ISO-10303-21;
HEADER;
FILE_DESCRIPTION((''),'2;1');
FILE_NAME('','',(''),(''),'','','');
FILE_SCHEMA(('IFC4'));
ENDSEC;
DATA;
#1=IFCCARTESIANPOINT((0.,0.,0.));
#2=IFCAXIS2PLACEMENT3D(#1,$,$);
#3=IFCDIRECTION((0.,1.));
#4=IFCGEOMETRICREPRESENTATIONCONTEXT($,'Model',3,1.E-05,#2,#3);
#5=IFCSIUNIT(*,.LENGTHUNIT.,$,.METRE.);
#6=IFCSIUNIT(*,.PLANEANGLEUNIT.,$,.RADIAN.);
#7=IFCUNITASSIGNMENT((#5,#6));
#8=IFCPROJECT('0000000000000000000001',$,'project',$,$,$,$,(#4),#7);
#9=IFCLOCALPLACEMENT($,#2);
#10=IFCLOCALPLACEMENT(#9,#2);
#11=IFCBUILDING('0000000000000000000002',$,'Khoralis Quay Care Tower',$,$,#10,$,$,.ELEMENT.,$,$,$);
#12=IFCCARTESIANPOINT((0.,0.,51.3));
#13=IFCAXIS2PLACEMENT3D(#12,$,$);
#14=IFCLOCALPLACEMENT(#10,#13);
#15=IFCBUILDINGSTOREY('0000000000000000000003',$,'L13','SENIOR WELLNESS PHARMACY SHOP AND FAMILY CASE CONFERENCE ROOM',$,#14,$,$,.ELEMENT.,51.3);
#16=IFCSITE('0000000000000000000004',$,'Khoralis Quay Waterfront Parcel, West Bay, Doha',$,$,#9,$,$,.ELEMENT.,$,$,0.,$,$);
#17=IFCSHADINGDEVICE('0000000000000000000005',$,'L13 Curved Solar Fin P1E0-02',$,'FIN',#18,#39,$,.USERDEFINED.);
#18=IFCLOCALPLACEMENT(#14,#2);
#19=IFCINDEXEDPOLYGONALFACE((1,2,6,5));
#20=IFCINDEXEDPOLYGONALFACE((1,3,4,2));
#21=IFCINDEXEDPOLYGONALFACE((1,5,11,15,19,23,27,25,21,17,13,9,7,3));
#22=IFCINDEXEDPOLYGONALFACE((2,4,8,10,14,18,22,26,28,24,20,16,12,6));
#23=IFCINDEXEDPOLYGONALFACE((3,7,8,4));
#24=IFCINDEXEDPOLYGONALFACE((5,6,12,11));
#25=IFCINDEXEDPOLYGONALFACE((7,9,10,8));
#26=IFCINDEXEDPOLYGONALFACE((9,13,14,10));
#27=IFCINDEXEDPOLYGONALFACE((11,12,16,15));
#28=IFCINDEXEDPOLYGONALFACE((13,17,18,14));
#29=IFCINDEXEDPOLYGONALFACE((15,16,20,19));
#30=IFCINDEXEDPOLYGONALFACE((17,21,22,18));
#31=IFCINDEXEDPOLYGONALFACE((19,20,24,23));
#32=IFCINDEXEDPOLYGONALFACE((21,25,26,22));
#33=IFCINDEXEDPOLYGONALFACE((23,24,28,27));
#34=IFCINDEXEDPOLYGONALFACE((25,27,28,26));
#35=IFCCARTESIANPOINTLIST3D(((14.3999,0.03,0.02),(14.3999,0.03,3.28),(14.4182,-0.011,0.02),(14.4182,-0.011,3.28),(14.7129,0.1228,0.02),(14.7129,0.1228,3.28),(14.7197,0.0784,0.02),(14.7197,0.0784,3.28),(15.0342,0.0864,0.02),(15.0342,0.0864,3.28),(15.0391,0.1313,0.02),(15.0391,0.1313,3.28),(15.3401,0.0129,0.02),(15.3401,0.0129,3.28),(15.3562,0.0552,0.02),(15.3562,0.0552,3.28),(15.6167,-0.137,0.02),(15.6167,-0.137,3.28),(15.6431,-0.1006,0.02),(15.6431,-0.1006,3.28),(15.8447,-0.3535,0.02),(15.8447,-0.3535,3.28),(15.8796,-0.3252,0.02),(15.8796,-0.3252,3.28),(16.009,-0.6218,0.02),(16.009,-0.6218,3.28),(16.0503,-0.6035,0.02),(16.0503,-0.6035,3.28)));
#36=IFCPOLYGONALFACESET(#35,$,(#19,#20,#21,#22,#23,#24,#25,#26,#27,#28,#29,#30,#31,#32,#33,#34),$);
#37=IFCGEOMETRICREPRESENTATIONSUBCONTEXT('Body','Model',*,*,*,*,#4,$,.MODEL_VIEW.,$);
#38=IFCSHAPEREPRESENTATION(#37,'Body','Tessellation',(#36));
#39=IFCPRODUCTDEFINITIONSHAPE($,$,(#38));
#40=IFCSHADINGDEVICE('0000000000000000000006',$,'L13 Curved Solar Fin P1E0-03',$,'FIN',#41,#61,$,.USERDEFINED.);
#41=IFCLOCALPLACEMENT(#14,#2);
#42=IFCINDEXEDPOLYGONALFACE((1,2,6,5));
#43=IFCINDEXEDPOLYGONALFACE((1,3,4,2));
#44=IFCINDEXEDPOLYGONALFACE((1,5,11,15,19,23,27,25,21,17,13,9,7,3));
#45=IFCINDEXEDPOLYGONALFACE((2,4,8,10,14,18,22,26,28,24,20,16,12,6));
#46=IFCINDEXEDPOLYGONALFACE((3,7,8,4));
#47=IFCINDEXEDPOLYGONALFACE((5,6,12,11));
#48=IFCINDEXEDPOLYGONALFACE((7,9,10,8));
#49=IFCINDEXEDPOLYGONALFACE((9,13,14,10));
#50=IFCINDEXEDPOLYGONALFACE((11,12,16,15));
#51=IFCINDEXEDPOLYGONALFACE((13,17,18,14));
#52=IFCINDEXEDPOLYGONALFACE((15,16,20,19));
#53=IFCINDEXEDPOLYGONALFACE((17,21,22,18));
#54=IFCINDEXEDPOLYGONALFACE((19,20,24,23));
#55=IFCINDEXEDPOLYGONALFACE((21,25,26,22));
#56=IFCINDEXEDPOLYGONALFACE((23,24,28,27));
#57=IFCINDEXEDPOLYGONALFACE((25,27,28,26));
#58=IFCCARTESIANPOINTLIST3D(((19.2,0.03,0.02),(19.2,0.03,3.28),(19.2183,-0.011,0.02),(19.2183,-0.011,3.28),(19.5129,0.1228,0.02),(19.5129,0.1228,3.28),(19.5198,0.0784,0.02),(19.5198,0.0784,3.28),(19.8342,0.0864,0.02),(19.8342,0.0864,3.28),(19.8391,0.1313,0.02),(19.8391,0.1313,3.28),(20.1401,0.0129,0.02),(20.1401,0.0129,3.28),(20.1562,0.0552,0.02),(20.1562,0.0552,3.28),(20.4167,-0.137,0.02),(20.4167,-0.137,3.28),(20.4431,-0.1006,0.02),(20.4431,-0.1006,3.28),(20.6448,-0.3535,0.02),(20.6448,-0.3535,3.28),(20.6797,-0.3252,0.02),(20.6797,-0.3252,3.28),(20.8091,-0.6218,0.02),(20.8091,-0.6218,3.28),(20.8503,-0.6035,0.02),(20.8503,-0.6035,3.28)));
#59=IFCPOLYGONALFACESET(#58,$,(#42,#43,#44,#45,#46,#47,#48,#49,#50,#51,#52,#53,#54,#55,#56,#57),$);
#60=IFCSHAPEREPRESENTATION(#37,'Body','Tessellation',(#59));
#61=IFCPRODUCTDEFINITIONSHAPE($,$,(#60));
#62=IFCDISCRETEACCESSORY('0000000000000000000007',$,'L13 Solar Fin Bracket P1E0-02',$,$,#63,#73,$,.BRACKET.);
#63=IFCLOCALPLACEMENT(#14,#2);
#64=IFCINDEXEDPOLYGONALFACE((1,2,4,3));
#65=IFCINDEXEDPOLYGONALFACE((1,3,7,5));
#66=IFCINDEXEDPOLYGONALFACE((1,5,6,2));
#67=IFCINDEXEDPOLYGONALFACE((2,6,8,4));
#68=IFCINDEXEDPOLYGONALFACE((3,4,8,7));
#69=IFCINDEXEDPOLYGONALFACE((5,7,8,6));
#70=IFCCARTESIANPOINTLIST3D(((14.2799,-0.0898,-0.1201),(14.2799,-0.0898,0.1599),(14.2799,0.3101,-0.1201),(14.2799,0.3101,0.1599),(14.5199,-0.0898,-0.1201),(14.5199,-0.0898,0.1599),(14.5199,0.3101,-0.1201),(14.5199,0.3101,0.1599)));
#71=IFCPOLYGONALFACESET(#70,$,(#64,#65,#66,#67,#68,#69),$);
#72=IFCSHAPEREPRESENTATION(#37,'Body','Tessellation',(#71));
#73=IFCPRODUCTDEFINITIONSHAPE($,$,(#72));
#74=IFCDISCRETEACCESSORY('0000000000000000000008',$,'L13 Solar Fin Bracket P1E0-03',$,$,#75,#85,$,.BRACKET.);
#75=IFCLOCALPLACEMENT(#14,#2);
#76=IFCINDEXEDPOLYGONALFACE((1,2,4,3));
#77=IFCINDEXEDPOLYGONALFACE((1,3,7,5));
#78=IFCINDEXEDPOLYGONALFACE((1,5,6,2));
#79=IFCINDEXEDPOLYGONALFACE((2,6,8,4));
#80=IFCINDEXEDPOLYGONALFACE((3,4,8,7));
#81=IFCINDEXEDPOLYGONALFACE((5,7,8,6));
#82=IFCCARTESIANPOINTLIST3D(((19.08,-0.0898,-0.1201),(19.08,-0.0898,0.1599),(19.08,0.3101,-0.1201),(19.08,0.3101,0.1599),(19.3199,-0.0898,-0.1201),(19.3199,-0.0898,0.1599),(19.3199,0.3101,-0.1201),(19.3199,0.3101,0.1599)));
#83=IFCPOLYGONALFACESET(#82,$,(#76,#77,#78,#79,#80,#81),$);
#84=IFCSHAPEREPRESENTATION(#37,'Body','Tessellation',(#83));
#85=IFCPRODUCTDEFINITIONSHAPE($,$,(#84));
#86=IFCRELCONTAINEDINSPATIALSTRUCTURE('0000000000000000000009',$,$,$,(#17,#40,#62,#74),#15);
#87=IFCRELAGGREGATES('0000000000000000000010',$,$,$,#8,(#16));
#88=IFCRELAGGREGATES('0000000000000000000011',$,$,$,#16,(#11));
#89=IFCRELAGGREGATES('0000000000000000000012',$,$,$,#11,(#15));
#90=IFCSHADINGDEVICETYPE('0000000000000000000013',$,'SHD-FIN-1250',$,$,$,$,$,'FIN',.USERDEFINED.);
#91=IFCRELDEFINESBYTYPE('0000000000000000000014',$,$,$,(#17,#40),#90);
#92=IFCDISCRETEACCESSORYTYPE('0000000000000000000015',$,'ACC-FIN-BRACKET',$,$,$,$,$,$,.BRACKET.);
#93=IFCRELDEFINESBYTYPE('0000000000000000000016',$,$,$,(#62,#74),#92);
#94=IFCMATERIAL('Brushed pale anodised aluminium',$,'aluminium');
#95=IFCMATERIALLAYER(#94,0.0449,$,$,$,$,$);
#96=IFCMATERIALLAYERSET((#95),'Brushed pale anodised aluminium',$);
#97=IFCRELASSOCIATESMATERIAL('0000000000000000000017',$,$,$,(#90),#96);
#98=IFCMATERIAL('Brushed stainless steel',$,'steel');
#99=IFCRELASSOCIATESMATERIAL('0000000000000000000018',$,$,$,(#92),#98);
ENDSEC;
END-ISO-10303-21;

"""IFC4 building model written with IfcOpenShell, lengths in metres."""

from ifc_helpers import new_model, si_unit, direction, frame, origin, origin_2d, place, context, subcontext, project, spatial, polyline, rectangle, outline, extrude, source, transform, mapped, material, layer, layer_set, type_object, element, save


model = new_model("IFC4")

# Units and contexts
model_context = context("Model", 3, precision=1e-05, world=origin(), true_north=direction((0.0, 1.0)))
body_context = subcontext(model_context, "Body", "Model", "MODEL_VIEW")
ifc_project = project(units=[si_unit("LENGTHUNIT", "METRE"), si_unit("PLANEANGLEUNIT", "RADIAN")], contexts=[model_context])

# Site, building, storey
site_placement = place(None, origin())
site = spatial("IfcSite", under=ifc_project, at=site_placement, Name="Khoralis Quay Waterfront Parcel, West Bay, Doha", CompositionType="ELEMENT", RefElevation=0.0)
building_placement = place(site_placement, origin())
building = spatial("IfcBuilding", under=site, at=building_placement, Name="Khoralis Quay Care Tower", CompositionType="ELEMENT")
storey_placement = place(building_placement, frame((0.0, 0.0, 51.3)))
storey = spatial("IfcBuildingStorey", under=building, at=storey_placement, Name="L13", Description="SENIOR WELLNESS PHARMACY SHOP AND FAMILY CASE CONFERENCE ROOM", CompositionType="ELEMENT", Elevation=51.3)

# Shading devices
ifc_material_1 = material(Name="Brushed pale anodised aluminium", Category="aluminium")
ifc_layer_1 = layer(ifc_material_1, 0.0449)
ifc_layer_set_1 = layer_set([ifc_layer_1], Name="Brushed pale anodised aluminium")
shading_device_type = type_object("IfcShadingDeviceType", Name="SHD-FIN-1250", ElementType="FIN", PredefinedType="USERDEFINED", material=ifc_layer_set_1)
shared_shape_1 = source(origin(), body_context, "Body", "SweptSolid", [
    extrude(outline(polyline([(0.0, 0.0), (-0.0928, 0.313), (-0.1013, 0.6392), (-0.0251, 0.9563), (0.1306, 1.2432), (0.3552, 1.4797), (0.6335, 1.6504), (0.6519, 1.6091), (0.3835, 1.4448), (0.167, 1.2168), (0.0171, 0.9402), (-0.0564, 0.6343), (-0.0483, 0.3198), (0.041, 0.0183), (0.0, 0.0)])), origin(), (0.0, 0.0, 1.0), 3.26),
])
for number, where, z_axis, x_axis, name in (
    (1, (14.3999, 0.03, 0.02), (0.0, 0.0, 1.0), (0.0, -1.0, 0.0), "L13 Curved Solar Fin P1E0-02"),
    (2, (19.2, 0.03, 0.02), (0.0, 0.0, 1.0), (0.0, -1.0, 0.0), "L13 Curved Solar Fin P1E0-03"),
):
    element("IfcShadingDevice", number, at=place(storey_placement, frame(where, z_axis=z_axis, x_axis=x_axis)), inside=storey, type_object=shading_device_type, Name=name, ObjectType="FIN", PredefinedType="USERDEFINED", context=body_context, shape_type="MappedRepresentation", body=[
        mapped(shared_shape_1, transform((0.0, 0.0, 0.0), scale=1.0)),
    ])

# Discrete accessories
ifc_material_2 = material(Name="Brushed stainless steel", Category="steel")
discrete_accessory_type = type_object("IfcDiscreteAccessoryType", Name="ACC-FIN-BRACKET", PredefinedType="BRACKET", material=ifc_material_2)
shared_shape_2 = source(origin(), body_context, "Body", "SweptSolid", [
    extrude(rectangle(XDim=0.3999, YDim=0.24, at=origin_2d()), origin(), (0.0, 0.0, 1.0), 0.28),
])
for number, where, z_axis, x_axis, name in (
    (3, (14.3999, 0.1101, -0.1201), (0.0, 0.0, 1.0), (0.0, -1.0, 0.0), "L13 Solar Fin Bracket P1E0-02"),
    (4, (19.2, 0.1101, -0.1201), (0.0, 0.0, 1.0), (0.0, -1.0, 0.0), "L13 Solar Fin Bracket P1E0-03"),
):
    element("IfcDiscreteAccessory", number, at=place(storey_placement, frame(where, z_axis=z_axis, x_axis=x_axis)), inside=storey, type_object=discrete_accessory_type, Name=name, PredefinedType="BRACKET", context=body_context, shape_type="MappedRepresentation", body=[
        mapped(shared_shape_2, transform((0.0, 0.0, 0.0), scale=1.0)),
    ])

save(model, "model.ifc")
